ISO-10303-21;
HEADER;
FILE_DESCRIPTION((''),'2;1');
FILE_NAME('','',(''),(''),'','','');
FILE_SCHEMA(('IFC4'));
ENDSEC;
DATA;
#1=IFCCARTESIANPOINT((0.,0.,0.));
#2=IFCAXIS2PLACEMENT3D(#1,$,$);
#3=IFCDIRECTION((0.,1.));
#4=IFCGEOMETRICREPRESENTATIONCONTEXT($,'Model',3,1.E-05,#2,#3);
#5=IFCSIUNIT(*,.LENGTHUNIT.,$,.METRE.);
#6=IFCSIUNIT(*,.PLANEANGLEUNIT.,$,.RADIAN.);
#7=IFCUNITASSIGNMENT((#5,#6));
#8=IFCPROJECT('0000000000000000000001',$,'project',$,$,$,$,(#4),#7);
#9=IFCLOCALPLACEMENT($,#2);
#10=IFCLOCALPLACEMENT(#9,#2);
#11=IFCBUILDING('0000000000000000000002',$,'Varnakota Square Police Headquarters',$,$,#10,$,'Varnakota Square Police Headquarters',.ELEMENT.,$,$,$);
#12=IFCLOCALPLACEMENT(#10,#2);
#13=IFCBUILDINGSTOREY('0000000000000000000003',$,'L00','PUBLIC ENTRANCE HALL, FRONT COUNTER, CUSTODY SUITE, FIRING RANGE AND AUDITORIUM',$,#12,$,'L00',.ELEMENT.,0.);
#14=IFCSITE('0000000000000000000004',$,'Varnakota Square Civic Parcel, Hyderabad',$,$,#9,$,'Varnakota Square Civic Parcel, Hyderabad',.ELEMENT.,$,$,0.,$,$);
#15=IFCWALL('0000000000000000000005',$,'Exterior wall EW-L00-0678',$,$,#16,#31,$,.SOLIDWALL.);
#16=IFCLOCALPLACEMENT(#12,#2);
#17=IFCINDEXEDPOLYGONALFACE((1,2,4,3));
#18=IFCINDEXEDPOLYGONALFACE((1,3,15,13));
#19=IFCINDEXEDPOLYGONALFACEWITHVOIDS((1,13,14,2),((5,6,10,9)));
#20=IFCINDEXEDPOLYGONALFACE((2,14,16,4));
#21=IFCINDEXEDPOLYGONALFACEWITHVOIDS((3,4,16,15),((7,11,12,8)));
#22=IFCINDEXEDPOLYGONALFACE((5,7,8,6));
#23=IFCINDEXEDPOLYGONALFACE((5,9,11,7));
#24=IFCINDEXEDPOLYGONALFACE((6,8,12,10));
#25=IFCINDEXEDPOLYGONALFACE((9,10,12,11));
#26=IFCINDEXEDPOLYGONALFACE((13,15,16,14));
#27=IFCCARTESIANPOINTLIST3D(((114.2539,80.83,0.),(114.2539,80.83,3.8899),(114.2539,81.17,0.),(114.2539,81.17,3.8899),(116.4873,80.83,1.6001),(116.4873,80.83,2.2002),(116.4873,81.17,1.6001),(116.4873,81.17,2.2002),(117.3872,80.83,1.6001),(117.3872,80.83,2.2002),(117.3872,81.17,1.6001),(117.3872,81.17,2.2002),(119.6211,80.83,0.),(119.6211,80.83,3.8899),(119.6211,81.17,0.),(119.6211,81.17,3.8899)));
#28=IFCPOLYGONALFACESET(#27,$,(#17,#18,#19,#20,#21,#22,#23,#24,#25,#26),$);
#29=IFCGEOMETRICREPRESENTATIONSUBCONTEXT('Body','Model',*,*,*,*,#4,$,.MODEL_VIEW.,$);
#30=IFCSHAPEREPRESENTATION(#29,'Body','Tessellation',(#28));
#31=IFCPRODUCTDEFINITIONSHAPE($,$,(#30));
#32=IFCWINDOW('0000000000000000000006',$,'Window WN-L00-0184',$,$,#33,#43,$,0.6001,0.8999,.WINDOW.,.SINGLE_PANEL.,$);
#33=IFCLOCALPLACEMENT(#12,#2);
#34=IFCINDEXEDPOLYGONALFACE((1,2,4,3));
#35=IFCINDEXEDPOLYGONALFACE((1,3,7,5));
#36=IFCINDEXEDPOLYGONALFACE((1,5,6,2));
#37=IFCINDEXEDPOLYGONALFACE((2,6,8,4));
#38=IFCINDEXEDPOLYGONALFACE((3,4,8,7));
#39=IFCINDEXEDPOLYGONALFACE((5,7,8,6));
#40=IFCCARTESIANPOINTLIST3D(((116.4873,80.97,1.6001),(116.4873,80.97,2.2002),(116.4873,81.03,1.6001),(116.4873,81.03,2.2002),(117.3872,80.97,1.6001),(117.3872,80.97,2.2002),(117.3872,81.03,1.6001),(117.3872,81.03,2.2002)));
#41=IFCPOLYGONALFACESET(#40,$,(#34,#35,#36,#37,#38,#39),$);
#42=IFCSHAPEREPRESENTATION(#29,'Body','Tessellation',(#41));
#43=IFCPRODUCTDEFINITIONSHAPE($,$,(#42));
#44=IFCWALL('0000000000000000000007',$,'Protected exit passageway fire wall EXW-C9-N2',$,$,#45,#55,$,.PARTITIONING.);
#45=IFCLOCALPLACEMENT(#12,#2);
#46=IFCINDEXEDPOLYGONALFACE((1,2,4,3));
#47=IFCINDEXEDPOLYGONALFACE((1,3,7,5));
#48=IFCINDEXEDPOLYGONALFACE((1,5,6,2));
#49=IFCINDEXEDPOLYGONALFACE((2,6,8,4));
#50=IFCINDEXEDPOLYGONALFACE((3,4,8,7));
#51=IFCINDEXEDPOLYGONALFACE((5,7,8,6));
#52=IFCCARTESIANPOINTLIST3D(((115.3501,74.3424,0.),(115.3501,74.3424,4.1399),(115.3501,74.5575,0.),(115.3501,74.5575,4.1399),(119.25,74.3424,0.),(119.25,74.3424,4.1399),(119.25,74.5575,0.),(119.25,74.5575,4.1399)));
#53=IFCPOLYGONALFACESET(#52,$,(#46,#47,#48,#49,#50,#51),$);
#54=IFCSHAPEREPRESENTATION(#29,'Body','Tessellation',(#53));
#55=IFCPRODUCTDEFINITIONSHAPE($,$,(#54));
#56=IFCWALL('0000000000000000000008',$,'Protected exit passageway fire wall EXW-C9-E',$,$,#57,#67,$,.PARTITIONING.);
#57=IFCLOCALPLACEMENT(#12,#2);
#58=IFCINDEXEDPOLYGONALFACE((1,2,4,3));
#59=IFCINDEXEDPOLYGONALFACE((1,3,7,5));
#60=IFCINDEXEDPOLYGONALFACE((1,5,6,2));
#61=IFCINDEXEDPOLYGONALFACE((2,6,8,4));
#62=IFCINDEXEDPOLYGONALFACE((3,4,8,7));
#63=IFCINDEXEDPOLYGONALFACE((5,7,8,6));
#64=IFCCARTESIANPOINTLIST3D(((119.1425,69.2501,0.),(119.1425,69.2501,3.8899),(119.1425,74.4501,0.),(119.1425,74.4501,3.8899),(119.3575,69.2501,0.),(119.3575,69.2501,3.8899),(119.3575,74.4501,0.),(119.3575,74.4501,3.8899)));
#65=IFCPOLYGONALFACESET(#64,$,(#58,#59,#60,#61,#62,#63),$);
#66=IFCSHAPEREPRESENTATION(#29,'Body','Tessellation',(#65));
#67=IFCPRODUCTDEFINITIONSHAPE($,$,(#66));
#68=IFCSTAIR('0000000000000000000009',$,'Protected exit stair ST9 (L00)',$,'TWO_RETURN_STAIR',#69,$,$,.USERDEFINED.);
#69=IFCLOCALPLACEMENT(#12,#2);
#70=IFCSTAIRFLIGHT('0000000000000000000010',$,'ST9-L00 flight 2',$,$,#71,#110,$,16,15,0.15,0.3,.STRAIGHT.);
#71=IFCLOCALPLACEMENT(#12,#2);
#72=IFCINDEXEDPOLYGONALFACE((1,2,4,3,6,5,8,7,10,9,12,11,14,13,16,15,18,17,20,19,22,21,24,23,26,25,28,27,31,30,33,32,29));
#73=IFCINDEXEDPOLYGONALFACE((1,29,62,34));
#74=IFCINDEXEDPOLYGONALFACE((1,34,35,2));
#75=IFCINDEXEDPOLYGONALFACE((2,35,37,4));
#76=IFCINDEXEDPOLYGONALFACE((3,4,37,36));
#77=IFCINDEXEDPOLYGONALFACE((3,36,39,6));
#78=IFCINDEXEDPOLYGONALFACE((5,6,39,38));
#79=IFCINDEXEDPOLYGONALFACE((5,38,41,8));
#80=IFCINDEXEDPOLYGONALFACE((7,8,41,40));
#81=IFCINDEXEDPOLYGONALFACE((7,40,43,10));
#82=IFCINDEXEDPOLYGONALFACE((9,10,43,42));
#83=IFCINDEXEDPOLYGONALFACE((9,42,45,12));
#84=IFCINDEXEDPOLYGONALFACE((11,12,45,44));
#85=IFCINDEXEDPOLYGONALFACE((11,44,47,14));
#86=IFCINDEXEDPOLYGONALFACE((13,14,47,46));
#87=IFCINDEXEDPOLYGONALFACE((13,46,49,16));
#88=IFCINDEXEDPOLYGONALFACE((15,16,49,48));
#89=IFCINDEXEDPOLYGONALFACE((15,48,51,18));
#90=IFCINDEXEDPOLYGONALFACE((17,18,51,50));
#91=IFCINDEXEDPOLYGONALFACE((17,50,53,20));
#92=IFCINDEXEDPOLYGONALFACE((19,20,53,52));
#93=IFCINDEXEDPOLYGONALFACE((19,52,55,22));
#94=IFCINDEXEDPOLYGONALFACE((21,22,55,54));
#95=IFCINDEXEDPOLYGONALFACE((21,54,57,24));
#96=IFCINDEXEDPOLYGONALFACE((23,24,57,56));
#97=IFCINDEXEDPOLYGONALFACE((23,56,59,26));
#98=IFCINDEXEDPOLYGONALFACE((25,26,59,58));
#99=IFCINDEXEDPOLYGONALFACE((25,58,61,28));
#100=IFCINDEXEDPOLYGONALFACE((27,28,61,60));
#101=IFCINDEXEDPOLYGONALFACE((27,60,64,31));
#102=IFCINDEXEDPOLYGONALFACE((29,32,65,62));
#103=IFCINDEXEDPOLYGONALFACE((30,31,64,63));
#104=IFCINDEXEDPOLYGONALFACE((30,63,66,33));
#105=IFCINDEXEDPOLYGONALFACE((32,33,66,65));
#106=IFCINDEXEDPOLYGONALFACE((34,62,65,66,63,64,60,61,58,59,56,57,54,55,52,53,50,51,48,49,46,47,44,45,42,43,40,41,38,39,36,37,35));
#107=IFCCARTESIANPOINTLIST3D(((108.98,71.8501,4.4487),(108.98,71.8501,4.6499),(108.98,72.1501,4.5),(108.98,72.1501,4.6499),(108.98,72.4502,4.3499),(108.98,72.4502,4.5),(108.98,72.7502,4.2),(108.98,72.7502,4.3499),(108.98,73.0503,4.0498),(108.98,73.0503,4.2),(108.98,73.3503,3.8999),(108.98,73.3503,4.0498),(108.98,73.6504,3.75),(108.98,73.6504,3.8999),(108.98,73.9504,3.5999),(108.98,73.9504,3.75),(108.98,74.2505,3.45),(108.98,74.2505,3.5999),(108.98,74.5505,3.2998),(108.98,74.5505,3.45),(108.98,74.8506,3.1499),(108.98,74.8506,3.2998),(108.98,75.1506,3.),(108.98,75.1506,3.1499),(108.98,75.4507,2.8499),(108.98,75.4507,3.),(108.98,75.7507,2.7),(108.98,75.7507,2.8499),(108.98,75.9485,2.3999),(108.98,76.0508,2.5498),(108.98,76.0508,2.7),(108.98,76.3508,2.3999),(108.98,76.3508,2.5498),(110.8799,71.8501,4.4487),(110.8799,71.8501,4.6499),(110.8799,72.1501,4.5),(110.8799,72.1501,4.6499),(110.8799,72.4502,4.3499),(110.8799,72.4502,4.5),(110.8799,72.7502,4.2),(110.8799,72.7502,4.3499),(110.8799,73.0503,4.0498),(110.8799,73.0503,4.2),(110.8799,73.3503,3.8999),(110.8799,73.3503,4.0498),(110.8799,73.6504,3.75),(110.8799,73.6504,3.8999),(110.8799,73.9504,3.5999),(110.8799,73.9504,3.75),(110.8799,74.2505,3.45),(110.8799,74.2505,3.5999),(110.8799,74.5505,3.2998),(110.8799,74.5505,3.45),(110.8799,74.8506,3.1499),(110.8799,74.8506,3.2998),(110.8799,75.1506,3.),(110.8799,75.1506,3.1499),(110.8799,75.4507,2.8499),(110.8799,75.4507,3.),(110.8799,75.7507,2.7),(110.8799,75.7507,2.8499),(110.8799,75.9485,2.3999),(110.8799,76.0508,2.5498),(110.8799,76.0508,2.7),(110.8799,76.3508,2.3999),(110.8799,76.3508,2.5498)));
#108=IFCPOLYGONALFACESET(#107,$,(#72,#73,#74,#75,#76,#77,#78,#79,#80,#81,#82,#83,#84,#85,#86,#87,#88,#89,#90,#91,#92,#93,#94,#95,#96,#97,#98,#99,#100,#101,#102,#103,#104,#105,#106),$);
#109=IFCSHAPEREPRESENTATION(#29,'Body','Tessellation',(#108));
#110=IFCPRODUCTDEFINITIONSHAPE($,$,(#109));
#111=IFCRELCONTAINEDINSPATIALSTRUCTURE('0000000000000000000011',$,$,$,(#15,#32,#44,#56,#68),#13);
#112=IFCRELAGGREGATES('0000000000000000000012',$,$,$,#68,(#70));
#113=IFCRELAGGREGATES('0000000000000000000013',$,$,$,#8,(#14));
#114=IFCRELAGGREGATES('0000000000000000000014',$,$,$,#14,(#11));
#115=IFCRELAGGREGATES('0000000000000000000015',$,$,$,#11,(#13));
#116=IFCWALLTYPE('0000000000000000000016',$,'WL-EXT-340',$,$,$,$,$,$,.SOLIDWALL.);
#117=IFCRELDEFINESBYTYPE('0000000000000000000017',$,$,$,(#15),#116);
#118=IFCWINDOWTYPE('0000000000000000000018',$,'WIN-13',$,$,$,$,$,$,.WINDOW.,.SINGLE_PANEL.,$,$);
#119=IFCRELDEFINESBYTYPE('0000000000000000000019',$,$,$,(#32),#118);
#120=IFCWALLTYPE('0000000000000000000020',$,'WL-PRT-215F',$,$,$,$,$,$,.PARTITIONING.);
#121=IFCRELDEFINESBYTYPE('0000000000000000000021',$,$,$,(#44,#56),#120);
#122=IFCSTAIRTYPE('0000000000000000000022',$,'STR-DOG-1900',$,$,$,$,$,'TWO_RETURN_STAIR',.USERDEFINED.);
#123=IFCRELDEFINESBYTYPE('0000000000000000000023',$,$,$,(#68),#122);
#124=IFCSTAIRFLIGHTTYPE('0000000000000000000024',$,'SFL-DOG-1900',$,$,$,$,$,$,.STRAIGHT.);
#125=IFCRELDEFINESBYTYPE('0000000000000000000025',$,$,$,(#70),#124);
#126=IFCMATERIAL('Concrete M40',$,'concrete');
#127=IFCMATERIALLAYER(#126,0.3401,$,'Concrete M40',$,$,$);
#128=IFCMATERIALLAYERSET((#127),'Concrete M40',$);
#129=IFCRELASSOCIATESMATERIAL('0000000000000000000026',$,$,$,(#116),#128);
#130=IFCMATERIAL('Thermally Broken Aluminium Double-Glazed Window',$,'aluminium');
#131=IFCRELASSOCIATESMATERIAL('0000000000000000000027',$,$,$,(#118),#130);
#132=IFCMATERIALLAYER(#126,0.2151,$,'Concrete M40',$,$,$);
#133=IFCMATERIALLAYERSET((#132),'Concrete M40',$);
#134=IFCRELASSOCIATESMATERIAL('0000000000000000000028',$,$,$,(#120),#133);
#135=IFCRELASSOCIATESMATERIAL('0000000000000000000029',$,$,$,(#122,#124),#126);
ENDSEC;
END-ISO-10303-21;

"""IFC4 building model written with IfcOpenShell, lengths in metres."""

from ifc_helpers import new_model, si_unit, direction, frame, frame_2d, origin, place, context, subcontext, project, spatial, polyline, rectangle, outline, extrude, material, layer, layer_set, type_object, element, fill, aggregate, save


model = new_model("IFC4")

# Units and contexts
model_context = context("Model", 3, precision=1e-05, world=origin(), true_north=direction((0.0, 1.0)))
body_context = subcontext(model_context, "Body", "Model", "MODEL_VIEW")
ifc_project = project(units=[si_unit("LENGTHUNIT", "METRE"), si_unit("PLANEANGLEUNIT", "RADIAN")], contexts=[model_context])

# Site, building, storey
site_placement = place(None, origin())
site = spatial("IfcSite", under=ifc_project, at=site_placement, Name="Varnakota Square Civic Parcel, Hyderabad", LongName="Varnakota Square Civic Parcel, Hyderabad", CompositionType="ELEMENT", RefElevation=0.0)
building_placement = place(site_placement, origin())
building = spatial("IfcBuilding", under=site, at=building_placement, Name="Varnakota Square Police Headquarters", LongName="Varnakota Square Police Headquarters", CompositionType="ELEMENT")
storey_placement = place(building_placement, origin())
storey = spatial("IfcBuildingStorey", under=building, at=storey_placement, Name="L00", Description="PUBLIC ENTRANCE HALL, FRONT COUNTER, CUSTODY SUITE, FIRING RANGE AND AUDITORIUM", LongName="L00", CompositionType="ELEMENT", Elevation=0.0)

# Wall, opening, window
ifc_material_1 = material(Name="Concrete M40", Category="concrete")
ifc_layer_1 = layer(ifc_material_1, 0.3401, Name="Concrete M40")
ifc_layer_set_1 = layer_set([ifc_layer_1], Name="Concrete M40")
wall_type_1 = type_object("IfcWallType", Name="WL-EXT-340", PredefinedType="SOLIDWALL", material=ifc_layer_set_1)
wall_1_placement = place(storey_placement, frame((114.2539, 81.0, 0.0), z_axis=(0.0, 0.0, 1.0), x_axis=(1.0, 0.0, 0.0)))
wall_1 = element("IfcWall", 1, at=wall_1_placement, inside=storey, type_object=wall_type_1, Name="Exterior wall EW-L00-0678", PredefinedType="SOLIDWALL", context=body_context, shape_type="SweptSolid", body=[
    extrude(rectangle(XDim=5.3672, YDim=0.3401, at=frame_2d((2.6836, 0.0))), origin(), (0.0, 0.0, 1.0), 3.8899),
])
opening_1_placement = place(wall_1_placement, frame((2.2334, 0.0, 1.6001)))
opening_1 = element("IfcOpeningElement", 2, at=opening_1_placement, cuts=wall_1, PredefinedType="OPENING", context=body_context, shape_type="SweptSolid", body=[
    extrude(rectangle(XDim=0.8999, YDim=0.6001, at=frame_2d((0.45, 0.3))), frame((0.0, 0.1799, 0.0), z_axis=(0.0, -1.0, 0.0), x_axis=(1.0, 0.0, 0.0)), (0.0, 0.0, 1.0), 0.3601),
])
ifc_material_2 = material(Name="Thermally Broken Aluminium Double-Glazed Window", Category="aluminium")
window_type = type_object("IfcWindowType", Name="WIN-13", PartitioningType="SINGLE_PANEL", PredefinedType="WINDOW", material=ifc_material_2)
window_placement = place(opening_1_placement, origin())
window = element("IfcWindow", 3, at=window_placement, inside=storey, type_object=window_type, Name="Window WN-L00-0184", OverallHeight=0.6001, OverallWidth=0.8999, PartitioningType="SINGLE_PANEL", PredefinedType="WINDOW", context=body_context, shape_type="SweptSolid", body=[
    extrude(rectangle(XDim=0.8999, YDim=0.6001, at=frame_2d((0.45, 0.3))), frame((0.0, 0.03, 0.0), z_axis=(0.0, -1.0, 0.0), x_axis=(1.0, 0.0, 0.0)), (0.0, 0.0, 1.0), 0.0601),
])
fill(opening_1, window)

# Shared definitions
ifc_layer_2 = layer(ifc_material_1, 0.2151, Name="Concrete M40")
ifc_layer_set_2 = layer_set([ifc_layer_2], Name="Concrete M40")
wall_type_2 = type_object("IfcWallType", Name="WL-PRT-215F", PredefinedType="PARTITIONING", material=ifc_layer_set_2)

# Walls
wall_2_placement = place(storey_placement, frame((115.3501, 74.45, 0.0), z_axis=(0.0, 0.0, 1.0), x_axis=(1.0, 0.0, 0.0)))
element("IfcWall", 4, at=wall_2_placement, inside=storey, type_object=wall_type_2, Name="Protected exit passageway fire wall EXW-C9-N2", PredefinedType="PARTITIONING", context=body_context, shape_type="SweptSolid", body=[
    extrude(rectangle(XDim=3.8999, YDim=0.2151, at=frame_2d((1.95, 0.0))), origin(), (0.0, 0.0, 1.0), 4.1399),
])
wall_3_placement = place(storey_placement, frame((119.25, 69.25, 0.0), z_axis=(0.0, 0.0, 1.0), x_axis=(0.0, 1.0, 0.0)))
element("IfcWall", 5, at=wall_3_placement, inside=storey, type_object=wall_type_2, Name="Protected exit passageway fire wall EXW-C9-E", PredefinedType="PARTITIONING", context=body_context, shape_type="SweptSolid", body=[
    extrude(rectangle(XDim=5.2, YDim=0.2151, at=frame_2d((2.6001, 0.0))), origin(), (0.0, 0.0, 1.0), 3.8899),
])

# Stair, stair flight
stair_type = type_object("IfcStairType", Name="STR-DOG-1900", ElementType="TWO_RETURN_STAIR", PredefinedType="USERDEFINED", material=ifc_material_1)
stair_placement = place(storey_placement, origin())
stair = element("IfcStair", 6, at=stair_placement, inside=storey, type_object=stair_type, Name="Protected exit stair ST9 (L00)", ObjectType="TWO_RETURN_STAIR", PredefinedType="USERDEFINED")
stair_flight_type = type_object("IfcStairFlightType", Name="SFL-DOG-1900", PredefinedType="STRAIGHT", material=ifc_material_1)
stair_flight_placement = place(storey_placement, frame((109.9299, 76.3508, 2.3999), z_axis=(0.0, 0.0, 1.0), x_axis=(0.0, -1.0, 0.0)))
stair_flight = element("IfcStairFlight", 7, at=stair_flight_placement, type_object=stair_flight_type, Name="ST9-L00 flight 2", NumberOfRisers=16, NumberOfTreads=15, PredefinedType="STRAIGHT", RiserHeight=0.15, TreadLength=0.3, context=body_context, shape_type="SweptSolid", body=[
    extrude(outline(polyline([(0.0, 0.0), (0.0, 0.1499), (0.3, 0.1499), (0.3, 0.3), (0.6001, 0.3), (0.6001, 0.45), (0.9001, 0.45), (0.9001, 0.6001), (1.2002, 0.6001), (1.2002, 0.75), (1.5002, 0.75), (1.5002, 0.8999), (1.8003, 0.8999), (1.8003, 1.05), (2.1003, 1.05), (2.1003, 1.2), (2.4004, 1.2), (2.4004, 1.3501), (2.7004, 1.3501), (2.7004, 1.5), (3.0005, 1.5), (3.0005, 1.6499), (3.3005, 1.6499), (3.3005, 1.8), (3.6006, 1.8), (3.6006, 1.95), (3.9006, 1.95), (3.9006, 2.1001), (4.2007, 2.1001), (4.2007, 2.25), (4.5007, 2.25), (4.5007, 2.3999), (4.5007, 2.0488), (0.4023, 0.0), (0.0, 0.0)])), frame((0.0, 0.95, 0.0), z_axis=(0.0, -1.0, 0.0), x_axis=(1.0, 0.0, 0.0)), (0.0, 0.0, 1.0), 1.8999),
])
aggregate(stair, [stair_flight])

save(model, "model.ifc")
